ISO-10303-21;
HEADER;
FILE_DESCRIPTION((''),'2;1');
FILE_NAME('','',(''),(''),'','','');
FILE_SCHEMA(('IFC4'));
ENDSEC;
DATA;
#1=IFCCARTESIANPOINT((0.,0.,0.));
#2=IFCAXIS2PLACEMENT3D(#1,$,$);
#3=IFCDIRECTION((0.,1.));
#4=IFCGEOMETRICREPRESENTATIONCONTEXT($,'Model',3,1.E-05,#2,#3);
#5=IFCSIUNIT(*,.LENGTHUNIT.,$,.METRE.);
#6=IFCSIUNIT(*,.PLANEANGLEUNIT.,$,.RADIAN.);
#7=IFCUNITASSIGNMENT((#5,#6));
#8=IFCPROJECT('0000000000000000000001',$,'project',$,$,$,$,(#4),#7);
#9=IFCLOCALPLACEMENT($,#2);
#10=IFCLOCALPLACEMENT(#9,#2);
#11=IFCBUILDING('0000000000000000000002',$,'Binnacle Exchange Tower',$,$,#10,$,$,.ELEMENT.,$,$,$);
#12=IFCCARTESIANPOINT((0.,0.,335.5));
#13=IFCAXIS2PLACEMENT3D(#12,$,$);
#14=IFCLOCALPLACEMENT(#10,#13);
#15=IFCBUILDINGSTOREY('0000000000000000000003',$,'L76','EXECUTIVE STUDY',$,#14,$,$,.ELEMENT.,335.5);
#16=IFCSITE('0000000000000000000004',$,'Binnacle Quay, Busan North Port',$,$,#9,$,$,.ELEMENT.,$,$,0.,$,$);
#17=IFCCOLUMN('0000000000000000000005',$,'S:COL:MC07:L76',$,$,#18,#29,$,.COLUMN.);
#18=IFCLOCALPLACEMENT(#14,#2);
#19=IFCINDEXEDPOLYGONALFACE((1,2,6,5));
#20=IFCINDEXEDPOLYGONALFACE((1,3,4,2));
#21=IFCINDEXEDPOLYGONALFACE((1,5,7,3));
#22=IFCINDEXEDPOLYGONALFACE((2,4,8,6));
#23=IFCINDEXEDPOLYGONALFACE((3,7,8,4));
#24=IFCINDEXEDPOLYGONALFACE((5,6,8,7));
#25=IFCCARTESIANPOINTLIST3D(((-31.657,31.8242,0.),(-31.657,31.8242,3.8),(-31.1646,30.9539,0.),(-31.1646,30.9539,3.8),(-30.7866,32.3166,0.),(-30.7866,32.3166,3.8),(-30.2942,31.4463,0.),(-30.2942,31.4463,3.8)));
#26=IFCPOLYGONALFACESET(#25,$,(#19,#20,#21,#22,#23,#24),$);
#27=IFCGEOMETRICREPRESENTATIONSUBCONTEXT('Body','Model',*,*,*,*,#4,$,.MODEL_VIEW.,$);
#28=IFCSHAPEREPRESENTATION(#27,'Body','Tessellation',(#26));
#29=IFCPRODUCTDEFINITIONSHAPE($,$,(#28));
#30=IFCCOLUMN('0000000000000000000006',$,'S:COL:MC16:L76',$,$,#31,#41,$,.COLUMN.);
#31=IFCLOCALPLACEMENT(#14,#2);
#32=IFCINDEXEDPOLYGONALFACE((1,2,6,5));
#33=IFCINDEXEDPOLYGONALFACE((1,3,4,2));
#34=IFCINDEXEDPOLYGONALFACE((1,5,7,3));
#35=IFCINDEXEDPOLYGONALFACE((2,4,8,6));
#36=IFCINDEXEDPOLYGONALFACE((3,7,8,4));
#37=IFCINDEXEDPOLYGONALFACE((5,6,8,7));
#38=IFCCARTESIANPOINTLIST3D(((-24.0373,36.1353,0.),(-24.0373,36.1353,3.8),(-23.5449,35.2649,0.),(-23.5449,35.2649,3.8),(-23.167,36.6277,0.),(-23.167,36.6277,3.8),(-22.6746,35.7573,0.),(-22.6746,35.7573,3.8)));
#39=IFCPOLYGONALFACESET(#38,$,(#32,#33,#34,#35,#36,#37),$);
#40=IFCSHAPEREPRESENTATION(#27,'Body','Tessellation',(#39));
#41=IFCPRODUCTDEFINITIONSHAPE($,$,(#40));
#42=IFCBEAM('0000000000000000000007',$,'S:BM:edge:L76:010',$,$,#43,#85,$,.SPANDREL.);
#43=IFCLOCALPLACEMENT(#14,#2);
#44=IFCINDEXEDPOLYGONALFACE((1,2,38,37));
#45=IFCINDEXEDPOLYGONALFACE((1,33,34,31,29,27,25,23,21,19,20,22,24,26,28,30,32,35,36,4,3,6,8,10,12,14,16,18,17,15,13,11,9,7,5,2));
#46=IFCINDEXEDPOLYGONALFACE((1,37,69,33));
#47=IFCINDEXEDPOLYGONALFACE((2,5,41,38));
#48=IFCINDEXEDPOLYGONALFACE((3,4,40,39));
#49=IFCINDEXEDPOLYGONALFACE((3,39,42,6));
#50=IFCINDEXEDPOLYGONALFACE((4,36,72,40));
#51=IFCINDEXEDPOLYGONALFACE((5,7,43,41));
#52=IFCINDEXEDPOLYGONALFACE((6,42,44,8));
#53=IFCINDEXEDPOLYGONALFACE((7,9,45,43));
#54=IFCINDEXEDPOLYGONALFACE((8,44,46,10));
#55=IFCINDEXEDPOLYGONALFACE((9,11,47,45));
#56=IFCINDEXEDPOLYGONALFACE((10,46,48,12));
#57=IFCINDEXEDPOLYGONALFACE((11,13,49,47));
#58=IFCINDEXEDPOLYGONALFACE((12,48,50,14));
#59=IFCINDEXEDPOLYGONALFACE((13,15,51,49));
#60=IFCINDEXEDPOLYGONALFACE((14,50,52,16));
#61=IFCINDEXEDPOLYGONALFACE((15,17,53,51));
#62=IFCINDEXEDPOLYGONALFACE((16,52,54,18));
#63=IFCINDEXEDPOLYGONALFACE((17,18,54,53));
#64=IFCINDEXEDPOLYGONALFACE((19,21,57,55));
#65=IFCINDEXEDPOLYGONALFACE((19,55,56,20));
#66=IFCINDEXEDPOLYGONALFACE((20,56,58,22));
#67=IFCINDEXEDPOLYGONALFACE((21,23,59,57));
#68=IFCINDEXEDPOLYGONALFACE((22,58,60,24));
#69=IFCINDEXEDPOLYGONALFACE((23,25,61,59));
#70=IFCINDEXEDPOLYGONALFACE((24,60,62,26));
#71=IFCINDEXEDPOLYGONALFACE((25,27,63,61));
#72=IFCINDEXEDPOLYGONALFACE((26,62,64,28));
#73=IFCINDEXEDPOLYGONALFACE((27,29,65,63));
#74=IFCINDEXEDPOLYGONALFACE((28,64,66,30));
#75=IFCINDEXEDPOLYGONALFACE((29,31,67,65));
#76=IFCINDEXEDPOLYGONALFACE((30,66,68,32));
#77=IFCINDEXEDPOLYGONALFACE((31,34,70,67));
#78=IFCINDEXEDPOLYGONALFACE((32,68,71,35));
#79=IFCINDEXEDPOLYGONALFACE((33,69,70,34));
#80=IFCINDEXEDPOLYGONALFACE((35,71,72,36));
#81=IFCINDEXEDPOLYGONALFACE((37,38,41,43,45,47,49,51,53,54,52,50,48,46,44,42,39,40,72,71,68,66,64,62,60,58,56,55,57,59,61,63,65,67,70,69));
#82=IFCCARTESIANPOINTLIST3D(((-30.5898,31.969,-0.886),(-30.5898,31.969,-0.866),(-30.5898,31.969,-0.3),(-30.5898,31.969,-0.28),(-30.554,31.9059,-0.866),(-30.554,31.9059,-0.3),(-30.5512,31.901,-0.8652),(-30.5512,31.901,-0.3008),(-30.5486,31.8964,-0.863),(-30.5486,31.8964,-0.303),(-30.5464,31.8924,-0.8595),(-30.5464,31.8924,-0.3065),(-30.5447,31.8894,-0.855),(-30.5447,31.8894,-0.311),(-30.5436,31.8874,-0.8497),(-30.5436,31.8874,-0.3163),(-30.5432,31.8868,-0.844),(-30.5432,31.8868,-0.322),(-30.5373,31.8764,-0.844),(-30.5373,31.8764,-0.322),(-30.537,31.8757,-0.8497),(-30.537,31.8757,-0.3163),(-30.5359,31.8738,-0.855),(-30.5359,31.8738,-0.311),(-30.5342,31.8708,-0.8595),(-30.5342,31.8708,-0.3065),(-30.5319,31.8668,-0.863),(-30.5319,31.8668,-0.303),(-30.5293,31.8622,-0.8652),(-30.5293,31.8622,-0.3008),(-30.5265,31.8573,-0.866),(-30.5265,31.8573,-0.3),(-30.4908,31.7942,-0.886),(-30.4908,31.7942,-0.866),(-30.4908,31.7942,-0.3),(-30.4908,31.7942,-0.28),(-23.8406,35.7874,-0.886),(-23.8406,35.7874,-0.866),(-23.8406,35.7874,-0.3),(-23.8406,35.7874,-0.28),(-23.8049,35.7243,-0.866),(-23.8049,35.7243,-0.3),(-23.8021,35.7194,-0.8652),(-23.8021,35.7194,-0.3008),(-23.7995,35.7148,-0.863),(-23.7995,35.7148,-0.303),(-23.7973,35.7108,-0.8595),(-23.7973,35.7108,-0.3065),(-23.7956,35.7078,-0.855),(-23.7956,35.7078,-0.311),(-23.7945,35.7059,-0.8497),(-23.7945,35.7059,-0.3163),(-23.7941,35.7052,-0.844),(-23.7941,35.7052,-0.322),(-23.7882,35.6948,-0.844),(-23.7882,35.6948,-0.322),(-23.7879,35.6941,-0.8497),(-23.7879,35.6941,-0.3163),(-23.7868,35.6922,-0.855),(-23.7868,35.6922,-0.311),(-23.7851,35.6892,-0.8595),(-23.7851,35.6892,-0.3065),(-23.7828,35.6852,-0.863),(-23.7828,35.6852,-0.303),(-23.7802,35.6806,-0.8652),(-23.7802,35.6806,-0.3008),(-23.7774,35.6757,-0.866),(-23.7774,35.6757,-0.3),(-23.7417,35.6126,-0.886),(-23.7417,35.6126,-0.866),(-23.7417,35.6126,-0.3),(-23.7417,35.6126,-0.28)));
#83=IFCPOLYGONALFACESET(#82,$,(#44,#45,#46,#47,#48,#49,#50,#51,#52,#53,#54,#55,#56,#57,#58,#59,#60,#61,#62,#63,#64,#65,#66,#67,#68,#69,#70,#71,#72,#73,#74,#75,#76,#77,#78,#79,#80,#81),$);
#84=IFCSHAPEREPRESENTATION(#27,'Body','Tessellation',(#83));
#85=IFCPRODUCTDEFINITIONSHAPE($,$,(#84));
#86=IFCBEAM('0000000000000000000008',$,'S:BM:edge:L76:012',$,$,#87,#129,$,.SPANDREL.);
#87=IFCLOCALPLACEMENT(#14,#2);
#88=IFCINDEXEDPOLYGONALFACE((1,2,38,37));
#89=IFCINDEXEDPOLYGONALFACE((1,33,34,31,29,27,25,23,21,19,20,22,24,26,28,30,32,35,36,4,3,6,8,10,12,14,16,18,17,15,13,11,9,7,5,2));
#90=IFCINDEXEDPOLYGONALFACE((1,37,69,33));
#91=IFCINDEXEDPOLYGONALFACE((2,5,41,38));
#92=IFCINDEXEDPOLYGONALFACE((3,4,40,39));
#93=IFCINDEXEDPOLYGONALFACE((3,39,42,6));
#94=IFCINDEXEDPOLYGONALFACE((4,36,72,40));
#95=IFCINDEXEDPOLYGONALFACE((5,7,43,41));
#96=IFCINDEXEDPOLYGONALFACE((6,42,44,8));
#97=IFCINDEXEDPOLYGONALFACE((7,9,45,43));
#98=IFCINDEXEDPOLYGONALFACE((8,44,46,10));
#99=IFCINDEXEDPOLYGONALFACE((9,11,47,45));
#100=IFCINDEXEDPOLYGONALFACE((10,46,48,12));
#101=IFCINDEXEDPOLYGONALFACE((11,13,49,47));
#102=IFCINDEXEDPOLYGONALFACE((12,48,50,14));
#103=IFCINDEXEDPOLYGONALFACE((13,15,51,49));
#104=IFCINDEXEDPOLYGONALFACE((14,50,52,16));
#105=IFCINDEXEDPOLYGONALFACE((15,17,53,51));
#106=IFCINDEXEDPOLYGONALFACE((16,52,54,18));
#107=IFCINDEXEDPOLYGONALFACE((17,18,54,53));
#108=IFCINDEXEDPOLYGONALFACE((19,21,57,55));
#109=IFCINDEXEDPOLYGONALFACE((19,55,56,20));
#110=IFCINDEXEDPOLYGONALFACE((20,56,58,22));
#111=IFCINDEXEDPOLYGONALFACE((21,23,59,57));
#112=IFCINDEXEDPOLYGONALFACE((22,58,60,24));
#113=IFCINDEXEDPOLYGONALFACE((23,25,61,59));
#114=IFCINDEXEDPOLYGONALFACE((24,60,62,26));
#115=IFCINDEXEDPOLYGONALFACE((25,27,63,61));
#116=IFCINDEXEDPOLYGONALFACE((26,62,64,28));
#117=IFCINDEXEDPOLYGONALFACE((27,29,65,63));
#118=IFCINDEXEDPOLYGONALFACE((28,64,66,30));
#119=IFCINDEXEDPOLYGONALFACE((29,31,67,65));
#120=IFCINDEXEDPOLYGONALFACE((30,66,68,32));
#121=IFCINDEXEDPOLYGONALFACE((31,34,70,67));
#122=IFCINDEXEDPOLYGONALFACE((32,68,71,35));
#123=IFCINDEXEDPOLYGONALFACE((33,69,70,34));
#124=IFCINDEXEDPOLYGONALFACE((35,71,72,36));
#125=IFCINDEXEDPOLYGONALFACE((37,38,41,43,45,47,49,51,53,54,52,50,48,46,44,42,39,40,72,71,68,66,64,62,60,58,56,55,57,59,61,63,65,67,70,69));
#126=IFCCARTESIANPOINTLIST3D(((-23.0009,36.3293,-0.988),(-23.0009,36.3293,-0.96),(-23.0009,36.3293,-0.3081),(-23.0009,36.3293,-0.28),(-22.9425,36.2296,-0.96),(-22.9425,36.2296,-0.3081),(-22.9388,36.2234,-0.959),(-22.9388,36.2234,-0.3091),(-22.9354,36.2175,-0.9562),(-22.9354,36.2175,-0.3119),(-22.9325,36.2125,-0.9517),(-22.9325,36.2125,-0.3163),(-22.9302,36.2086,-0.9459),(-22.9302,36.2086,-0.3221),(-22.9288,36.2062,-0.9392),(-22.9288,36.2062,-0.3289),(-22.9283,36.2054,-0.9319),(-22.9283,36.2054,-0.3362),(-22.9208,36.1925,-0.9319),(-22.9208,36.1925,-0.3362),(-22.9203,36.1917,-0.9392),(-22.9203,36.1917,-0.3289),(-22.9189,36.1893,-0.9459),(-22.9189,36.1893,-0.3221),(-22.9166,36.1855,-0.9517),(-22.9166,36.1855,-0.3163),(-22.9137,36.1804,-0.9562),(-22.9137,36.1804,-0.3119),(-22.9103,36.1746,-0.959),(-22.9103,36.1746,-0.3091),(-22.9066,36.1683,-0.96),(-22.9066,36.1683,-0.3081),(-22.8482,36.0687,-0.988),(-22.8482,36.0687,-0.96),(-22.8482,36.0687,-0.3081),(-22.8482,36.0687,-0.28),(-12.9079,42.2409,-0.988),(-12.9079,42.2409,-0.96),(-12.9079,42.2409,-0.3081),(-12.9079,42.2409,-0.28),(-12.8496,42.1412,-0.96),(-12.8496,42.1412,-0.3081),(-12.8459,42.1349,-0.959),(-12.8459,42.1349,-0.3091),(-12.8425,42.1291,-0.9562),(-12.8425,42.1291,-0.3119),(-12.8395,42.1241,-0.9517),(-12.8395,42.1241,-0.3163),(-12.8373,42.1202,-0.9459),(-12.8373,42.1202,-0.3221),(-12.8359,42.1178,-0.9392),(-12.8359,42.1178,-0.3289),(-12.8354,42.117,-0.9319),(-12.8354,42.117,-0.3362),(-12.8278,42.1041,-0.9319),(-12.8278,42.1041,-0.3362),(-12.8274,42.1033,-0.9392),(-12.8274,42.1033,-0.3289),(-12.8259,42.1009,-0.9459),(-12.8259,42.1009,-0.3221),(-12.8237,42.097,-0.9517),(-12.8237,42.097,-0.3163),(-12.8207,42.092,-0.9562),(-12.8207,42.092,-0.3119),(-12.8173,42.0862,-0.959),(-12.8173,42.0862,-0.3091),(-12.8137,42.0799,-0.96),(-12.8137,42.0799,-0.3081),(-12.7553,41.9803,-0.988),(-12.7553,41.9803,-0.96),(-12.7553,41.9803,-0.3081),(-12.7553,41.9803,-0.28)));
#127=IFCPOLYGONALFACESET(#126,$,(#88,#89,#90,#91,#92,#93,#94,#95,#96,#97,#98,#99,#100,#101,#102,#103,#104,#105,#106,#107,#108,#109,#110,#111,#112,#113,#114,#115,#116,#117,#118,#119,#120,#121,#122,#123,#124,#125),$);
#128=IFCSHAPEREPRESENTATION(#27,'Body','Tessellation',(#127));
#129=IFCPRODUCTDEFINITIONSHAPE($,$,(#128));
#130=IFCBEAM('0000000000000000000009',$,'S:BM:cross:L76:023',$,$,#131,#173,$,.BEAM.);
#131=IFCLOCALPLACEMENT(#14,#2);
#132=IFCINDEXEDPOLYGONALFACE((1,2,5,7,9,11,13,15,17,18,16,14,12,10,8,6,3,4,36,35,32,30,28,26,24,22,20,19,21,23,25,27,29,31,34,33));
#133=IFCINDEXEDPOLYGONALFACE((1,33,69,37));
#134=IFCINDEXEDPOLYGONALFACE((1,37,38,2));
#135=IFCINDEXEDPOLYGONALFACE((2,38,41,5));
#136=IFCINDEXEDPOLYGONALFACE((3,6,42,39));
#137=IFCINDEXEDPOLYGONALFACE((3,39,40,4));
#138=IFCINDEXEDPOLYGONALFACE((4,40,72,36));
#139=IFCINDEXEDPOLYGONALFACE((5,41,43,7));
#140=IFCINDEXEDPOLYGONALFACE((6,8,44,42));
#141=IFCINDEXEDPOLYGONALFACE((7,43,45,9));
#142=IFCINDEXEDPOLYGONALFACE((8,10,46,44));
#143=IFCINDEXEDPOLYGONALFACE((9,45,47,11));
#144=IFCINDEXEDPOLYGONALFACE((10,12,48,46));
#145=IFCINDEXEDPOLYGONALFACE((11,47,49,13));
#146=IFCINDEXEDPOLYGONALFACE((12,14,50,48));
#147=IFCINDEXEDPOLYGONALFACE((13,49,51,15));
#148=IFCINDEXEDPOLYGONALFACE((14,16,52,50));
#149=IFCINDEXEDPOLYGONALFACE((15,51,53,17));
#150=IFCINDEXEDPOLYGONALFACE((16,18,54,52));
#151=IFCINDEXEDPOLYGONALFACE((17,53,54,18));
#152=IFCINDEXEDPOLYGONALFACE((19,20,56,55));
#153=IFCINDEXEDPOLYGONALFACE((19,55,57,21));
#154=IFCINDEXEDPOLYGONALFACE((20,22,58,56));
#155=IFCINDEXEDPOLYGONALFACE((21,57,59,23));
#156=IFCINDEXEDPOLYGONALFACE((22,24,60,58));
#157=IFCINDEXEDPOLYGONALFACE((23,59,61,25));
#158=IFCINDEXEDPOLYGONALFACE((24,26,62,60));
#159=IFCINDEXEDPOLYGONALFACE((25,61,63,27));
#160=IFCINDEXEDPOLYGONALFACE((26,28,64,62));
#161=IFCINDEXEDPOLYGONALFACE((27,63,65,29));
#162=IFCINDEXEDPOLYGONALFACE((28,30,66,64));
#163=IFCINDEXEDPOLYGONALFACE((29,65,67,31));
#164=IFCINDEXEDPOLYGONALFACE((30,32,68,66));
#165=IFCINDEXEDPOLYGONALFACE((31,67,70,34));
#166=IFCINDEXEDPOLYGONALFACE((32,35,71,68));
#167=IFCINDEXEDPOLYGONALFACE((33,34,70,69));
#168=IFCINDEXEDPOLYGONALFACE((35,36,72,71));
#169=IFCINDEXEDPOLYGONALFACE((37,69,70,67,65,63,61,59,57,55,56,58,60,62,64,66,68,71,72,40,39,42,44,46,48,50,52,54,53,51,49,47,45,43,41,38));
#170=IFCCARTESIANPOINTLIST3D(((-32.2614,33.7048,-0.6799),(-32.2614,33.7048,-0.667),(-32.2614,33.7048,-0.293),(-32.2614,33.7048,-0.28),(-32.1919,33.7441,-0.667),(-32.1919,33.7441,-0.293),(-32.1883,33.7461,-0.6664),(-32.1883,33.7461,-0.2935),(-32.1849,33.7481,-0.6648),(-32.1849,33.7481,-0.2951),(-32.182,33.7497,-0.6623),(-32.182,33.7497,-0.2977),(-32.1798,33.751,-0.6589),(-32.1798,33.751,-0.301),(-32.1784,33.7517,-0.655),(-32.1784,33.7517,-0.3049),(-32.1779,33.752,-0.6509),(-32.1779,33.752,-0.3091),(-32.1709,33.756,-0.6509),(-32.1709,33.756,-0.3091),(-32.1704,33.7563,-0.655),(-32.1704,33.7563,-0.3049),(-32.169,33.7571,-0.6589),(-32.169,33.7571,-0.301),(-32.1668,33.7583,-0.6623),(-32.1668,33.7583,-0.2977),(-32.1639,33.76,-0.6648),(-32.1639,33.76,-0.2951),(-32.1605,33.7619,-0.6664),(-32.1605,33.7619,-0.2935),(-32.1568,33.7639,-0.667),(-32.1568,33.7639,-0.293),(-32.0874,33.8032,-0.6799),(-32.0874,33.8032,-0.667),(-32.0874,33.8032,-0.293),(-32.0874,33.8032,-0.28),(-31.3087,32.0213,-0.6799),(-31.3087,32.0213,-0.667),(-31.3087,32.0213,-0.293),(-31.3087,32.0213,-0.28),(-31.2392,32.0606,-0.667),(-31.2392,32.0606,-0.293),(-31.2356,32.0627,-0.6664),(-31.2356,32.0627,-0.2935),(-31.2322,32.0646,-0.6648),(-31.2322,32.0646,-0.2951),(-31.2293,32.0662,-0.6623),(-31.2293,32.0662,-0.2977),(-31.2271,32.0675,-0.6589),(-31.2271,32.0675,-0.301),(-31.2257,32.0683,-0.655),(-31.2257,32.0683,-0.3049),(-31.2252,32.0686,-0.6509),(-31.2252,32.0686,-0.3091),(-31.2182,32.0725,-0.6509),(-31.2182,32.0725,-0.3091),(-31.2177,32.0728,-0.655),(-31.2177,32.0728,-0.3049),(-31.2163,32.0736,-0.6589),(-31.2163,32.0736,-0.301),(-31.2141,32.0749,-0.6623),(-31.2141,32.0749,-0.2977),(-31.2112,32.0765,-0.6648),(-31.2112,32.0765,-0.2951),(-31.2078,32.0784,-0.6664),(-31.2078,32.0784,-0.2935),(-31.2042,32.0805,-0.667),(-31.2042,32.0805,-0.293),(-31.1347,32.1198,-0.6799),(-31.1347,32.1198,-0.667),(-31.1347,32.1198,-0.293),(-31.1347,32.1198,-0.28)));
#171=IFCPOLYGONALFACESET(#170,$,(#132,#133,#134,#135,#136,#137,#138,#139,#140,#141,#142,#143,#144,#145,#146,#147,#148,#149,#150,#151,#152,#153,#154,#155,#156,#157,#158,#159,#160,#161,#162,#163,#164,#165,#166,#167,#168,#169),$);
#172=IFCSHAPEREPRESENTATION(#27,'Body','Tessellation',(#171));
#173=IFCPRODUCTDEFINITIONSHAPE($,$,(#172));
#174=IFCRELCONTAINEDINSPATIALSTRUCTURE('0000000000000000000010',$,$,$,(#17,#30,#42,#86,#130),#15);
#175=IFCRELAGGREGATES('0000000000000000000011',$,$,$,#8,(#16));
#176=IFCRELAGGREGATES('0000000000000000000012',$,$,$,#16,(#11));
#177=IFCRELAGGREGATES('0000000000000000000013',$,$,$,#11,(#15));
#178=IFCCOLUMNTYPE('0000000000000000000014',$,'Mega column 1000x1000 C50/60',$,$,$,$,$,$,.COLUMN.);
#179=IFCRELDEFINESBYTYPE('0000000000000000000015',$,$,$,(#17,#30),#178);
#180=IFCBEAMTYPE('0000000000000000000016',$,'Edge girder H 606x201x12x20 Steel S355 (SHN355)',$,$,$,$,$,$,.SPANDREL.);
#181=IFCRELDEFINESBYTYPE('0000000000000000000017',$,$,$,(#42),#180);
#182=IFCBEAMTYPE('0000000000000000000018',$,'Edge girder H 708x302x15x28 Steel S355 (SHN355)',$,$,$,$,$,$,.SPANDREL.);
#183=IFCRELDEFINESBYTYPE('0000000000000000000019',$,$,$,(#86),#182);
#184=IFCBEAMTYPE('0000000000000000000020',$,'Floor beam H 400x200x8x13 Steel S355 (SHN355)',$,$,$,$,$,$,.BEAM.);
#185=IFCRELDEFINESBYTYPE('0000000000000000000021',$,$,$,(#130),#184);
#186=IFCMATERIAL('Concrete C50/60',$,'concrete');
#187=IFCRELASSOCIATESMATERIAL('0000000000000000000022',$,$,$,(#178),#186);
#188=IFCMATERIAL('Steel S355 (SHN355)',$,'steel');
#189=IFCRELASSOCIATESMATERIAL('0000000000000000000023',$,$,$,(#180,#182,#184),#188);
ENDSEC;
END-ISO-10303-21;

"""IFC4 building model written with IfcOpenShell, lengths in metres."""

from ifc_helpers import new_model, si_unit, direction, frame, origin, origin_2d, place, context, subcontext, project, spatial, rectangle, i_section, extrude, material, material_profile, profile_set, type_object, element, save


model = new_model("IFC4")

# Units and contexts
model_context = context("Model", 3, precision=1e-05, world=origin(), true_north=direction((0.0, 1.0)))
body_context = subcontext(model_context, "Body", "Model", "MODEL_VIEW")
ifc_project = project(units=[si_unit("LENGTHUNIT", "METRE"), si_unit("PLANEANGLEUNIT", "RADIAN")], contexts=[model_context])

# Site, building, storey
site_placement = place(None, origin())
site = spatial("IfcSite", under=ifc_project, at=site_placement, Name="Binnacle Quay, Busan North Port", CompositionType="ELEMENT", RefElevation=0.0)
building_placement = place(site_placement, origin())
building = spatial("IfcBuilding", under=site, at=building_placement, Name="Binnacle Exchange Tower", CompositionType="ELEMENT")
storey_placement = place(building_placement, frame((0.0, 0.0, 335.5)))
storey = spatial("IfcBuildingStorey", under=building, at=storey_placement, Name="L76", Description="EXECUTIVE STUDY", CompositionType="ELEMENT", Elevation=335.5)

# Columns
ifc_material_1 = material(Name="Concrete C50/60", Category="concrete")
ifc_material_profile_1 = material_profile(ifc_material_1, rectangle(XDim=1.0, YDim=1.0, at=origin_2d()), Name="Mega column 1000x1000 C50/60")
ifc_profile_set_1 = profile_set([ifc_material_profile_1], Name="Concrete C50/60")
column_type = type_object("IfcColumnType", Name="Mega column 1000x1000 C50/60", PredefinedType="COLUMN", material=ifc_profile_set_1)
for number, where, z_axis, x_axis, name in (
    (1, (-30.9756, 31.6353, 0.0), (0.0, 0.0, 1.0), (0.870356, 0.492424, 0.0), "S:COL:MC07:L76"),
    (2, (-23.356, 35.9463, 0.0), (0.0, 0.0, 1.0), (0.870356, 0.492424, 0.0), "S:COL:MC16:L76"),
):
    element("IfcColumn", number, at=place(storey_placement, frame(where, z_axis=z_axis, x_axis=x_axis)), inside=storey, type_object=column_type, Name=name, PredefinedType="COLUMN", context=body_context, shape_type="SweptSolid", body=[
        extrude(rectangle(XDim=1.0, YDim=1.0, at=origin_2d()), origin(), (0.0, 0.0, 1.0), 3.8),
    ])

# Beams
ifc_material_2 = material(Name="Steel S355 (SHN355)", Category="steel")
ifc_material_profile_2 = material_profile(ifc_material_2, i_section(OverallWidth=0.2009, OverallDepth=0.606, WebThickness=0.012, FlangeThickness=0.02, FilletRadius=0.022, at=origin_2d()), Name="H 606x201x12x20")
ifc_profile_set_2 = profile_set([ifc_material_profile_2], Name="Steel S355 (SHN355)")
beam_type_1 = type_object("IfcBeamType", Name="Edge girder H 606x201x12x20 Steel S355 (SHN355)", PredefinedType="SPANDREL", material=ifc_profile_set_2)
beam_1_placement = place(storey_placement, frame((-30.5403, 31.8816, -0.583), z_axis=(0.870359, 0.492418, 0.0), x_axis=(-0.492418, 0.870359, 0.0)))
element("IfcBeam", 3, at=beam_1_placement, inside=storey, type_object=beam_type_1, Name="S:BM:edge:L76:010", PredefinedType="SPANDREL", context=body_context, shape_type="SweptSolid", body=[
    extrude(i_section(OverallWidth=0.2009, OverallDepth=0.606, WebThickness=0.012, FlangeThickness=0.02, FilletRadius=0.022, at=origin_2d()), origin(), (0.0, 0.0, 1.0), 7.7544),
])
ifc_material_profile_3 = material_profile(ifc_material_2, i_section(OverallWidth=0.302, OverallDepth=0.708, WebThickness=0.0149, FlangeThickness=0.0281, FilletRadius=0.0281, at=origin_2d()), Name="H 708x302x15x28")
ifc_profile_set_3 = profile_set([ifc_material_profile_3], Name="Steel S355 (SHN355)")
beam_type_2 = type_object("IfcBeamType", Name="Edge girder H 708x302x15x28 Steel S355 (SHN355)", PredefinedType="SPANDREL", material=ifc_profile_set_3)
beam_2_placement = place(storey_placement, frame((-22.9246, 36.199, -0.634), z_axis=(0.862883, 0.505403, 0.0), x_axis=(-0.505403, 0.862883, 0.0)))
element("IfcBeam", 4, at=beam_2_placement, inside=storey, type_object=beam_type_2, Name="S:BM:edge:L76:012", PredefinedType="SPANDREL", context=body_context, shape_type="SweptSolid", body=[
    extrude(i_section(OverallWidth=0.302, OverallDepth=0.708, WebThickness=0.0149, FlangeThickness=0.0281, FilletRadius=0.0281, at=origin_2d()), origin(), (0.0, 0.0, 1.0), 11.6968),
])
ifc_material_profile_4 = material_profile(ifc_material_2, i_section(OverallWidth=0.2, OverallDepth=0.3999, WebThickness=0.0081, FlangeThickness=0.0129, FilletRadius=0.0161, at=origin_2d()), Name="H 400x200x8x13")
ifc_profile_set_4 = profile_set([ifc_material_profile_4], Name="Steel S355 (SHN355)")
beam_type_3 = type_object("IfcBeamType", Name="Floor beam H 400x200x8x13 Steel S355 (SHN355)", PredefinedType="BEAM", material=ifc_profile_set_4)
beam_3_placement = place(storey_placement, frame((-31.2217, 32.0706, -0.48), z_axis=(-0.492519, 0.870302, 0.0), x_axis=(-0.870302, -0.492519, 0.0)))
element("IfcBeam", 5, at=beam_3_placement, inside=storey, type_object=beam_type_3, Name="S:BM:cross:L76:023", PredefinedType="BEAM", context=body_context, shape_type="SweptSolid", body=[
    extrude(i_section(OverallWidth=0.2, OverallDepth=0.3999, WebThickness=0.0081, FlangeThickness=0.0129, FilletRadius=0.0161, at=origin_2d()), origin(), (0.0, 0.0, 1.0), 1.9343),
])

save(model, "model.ifc")
